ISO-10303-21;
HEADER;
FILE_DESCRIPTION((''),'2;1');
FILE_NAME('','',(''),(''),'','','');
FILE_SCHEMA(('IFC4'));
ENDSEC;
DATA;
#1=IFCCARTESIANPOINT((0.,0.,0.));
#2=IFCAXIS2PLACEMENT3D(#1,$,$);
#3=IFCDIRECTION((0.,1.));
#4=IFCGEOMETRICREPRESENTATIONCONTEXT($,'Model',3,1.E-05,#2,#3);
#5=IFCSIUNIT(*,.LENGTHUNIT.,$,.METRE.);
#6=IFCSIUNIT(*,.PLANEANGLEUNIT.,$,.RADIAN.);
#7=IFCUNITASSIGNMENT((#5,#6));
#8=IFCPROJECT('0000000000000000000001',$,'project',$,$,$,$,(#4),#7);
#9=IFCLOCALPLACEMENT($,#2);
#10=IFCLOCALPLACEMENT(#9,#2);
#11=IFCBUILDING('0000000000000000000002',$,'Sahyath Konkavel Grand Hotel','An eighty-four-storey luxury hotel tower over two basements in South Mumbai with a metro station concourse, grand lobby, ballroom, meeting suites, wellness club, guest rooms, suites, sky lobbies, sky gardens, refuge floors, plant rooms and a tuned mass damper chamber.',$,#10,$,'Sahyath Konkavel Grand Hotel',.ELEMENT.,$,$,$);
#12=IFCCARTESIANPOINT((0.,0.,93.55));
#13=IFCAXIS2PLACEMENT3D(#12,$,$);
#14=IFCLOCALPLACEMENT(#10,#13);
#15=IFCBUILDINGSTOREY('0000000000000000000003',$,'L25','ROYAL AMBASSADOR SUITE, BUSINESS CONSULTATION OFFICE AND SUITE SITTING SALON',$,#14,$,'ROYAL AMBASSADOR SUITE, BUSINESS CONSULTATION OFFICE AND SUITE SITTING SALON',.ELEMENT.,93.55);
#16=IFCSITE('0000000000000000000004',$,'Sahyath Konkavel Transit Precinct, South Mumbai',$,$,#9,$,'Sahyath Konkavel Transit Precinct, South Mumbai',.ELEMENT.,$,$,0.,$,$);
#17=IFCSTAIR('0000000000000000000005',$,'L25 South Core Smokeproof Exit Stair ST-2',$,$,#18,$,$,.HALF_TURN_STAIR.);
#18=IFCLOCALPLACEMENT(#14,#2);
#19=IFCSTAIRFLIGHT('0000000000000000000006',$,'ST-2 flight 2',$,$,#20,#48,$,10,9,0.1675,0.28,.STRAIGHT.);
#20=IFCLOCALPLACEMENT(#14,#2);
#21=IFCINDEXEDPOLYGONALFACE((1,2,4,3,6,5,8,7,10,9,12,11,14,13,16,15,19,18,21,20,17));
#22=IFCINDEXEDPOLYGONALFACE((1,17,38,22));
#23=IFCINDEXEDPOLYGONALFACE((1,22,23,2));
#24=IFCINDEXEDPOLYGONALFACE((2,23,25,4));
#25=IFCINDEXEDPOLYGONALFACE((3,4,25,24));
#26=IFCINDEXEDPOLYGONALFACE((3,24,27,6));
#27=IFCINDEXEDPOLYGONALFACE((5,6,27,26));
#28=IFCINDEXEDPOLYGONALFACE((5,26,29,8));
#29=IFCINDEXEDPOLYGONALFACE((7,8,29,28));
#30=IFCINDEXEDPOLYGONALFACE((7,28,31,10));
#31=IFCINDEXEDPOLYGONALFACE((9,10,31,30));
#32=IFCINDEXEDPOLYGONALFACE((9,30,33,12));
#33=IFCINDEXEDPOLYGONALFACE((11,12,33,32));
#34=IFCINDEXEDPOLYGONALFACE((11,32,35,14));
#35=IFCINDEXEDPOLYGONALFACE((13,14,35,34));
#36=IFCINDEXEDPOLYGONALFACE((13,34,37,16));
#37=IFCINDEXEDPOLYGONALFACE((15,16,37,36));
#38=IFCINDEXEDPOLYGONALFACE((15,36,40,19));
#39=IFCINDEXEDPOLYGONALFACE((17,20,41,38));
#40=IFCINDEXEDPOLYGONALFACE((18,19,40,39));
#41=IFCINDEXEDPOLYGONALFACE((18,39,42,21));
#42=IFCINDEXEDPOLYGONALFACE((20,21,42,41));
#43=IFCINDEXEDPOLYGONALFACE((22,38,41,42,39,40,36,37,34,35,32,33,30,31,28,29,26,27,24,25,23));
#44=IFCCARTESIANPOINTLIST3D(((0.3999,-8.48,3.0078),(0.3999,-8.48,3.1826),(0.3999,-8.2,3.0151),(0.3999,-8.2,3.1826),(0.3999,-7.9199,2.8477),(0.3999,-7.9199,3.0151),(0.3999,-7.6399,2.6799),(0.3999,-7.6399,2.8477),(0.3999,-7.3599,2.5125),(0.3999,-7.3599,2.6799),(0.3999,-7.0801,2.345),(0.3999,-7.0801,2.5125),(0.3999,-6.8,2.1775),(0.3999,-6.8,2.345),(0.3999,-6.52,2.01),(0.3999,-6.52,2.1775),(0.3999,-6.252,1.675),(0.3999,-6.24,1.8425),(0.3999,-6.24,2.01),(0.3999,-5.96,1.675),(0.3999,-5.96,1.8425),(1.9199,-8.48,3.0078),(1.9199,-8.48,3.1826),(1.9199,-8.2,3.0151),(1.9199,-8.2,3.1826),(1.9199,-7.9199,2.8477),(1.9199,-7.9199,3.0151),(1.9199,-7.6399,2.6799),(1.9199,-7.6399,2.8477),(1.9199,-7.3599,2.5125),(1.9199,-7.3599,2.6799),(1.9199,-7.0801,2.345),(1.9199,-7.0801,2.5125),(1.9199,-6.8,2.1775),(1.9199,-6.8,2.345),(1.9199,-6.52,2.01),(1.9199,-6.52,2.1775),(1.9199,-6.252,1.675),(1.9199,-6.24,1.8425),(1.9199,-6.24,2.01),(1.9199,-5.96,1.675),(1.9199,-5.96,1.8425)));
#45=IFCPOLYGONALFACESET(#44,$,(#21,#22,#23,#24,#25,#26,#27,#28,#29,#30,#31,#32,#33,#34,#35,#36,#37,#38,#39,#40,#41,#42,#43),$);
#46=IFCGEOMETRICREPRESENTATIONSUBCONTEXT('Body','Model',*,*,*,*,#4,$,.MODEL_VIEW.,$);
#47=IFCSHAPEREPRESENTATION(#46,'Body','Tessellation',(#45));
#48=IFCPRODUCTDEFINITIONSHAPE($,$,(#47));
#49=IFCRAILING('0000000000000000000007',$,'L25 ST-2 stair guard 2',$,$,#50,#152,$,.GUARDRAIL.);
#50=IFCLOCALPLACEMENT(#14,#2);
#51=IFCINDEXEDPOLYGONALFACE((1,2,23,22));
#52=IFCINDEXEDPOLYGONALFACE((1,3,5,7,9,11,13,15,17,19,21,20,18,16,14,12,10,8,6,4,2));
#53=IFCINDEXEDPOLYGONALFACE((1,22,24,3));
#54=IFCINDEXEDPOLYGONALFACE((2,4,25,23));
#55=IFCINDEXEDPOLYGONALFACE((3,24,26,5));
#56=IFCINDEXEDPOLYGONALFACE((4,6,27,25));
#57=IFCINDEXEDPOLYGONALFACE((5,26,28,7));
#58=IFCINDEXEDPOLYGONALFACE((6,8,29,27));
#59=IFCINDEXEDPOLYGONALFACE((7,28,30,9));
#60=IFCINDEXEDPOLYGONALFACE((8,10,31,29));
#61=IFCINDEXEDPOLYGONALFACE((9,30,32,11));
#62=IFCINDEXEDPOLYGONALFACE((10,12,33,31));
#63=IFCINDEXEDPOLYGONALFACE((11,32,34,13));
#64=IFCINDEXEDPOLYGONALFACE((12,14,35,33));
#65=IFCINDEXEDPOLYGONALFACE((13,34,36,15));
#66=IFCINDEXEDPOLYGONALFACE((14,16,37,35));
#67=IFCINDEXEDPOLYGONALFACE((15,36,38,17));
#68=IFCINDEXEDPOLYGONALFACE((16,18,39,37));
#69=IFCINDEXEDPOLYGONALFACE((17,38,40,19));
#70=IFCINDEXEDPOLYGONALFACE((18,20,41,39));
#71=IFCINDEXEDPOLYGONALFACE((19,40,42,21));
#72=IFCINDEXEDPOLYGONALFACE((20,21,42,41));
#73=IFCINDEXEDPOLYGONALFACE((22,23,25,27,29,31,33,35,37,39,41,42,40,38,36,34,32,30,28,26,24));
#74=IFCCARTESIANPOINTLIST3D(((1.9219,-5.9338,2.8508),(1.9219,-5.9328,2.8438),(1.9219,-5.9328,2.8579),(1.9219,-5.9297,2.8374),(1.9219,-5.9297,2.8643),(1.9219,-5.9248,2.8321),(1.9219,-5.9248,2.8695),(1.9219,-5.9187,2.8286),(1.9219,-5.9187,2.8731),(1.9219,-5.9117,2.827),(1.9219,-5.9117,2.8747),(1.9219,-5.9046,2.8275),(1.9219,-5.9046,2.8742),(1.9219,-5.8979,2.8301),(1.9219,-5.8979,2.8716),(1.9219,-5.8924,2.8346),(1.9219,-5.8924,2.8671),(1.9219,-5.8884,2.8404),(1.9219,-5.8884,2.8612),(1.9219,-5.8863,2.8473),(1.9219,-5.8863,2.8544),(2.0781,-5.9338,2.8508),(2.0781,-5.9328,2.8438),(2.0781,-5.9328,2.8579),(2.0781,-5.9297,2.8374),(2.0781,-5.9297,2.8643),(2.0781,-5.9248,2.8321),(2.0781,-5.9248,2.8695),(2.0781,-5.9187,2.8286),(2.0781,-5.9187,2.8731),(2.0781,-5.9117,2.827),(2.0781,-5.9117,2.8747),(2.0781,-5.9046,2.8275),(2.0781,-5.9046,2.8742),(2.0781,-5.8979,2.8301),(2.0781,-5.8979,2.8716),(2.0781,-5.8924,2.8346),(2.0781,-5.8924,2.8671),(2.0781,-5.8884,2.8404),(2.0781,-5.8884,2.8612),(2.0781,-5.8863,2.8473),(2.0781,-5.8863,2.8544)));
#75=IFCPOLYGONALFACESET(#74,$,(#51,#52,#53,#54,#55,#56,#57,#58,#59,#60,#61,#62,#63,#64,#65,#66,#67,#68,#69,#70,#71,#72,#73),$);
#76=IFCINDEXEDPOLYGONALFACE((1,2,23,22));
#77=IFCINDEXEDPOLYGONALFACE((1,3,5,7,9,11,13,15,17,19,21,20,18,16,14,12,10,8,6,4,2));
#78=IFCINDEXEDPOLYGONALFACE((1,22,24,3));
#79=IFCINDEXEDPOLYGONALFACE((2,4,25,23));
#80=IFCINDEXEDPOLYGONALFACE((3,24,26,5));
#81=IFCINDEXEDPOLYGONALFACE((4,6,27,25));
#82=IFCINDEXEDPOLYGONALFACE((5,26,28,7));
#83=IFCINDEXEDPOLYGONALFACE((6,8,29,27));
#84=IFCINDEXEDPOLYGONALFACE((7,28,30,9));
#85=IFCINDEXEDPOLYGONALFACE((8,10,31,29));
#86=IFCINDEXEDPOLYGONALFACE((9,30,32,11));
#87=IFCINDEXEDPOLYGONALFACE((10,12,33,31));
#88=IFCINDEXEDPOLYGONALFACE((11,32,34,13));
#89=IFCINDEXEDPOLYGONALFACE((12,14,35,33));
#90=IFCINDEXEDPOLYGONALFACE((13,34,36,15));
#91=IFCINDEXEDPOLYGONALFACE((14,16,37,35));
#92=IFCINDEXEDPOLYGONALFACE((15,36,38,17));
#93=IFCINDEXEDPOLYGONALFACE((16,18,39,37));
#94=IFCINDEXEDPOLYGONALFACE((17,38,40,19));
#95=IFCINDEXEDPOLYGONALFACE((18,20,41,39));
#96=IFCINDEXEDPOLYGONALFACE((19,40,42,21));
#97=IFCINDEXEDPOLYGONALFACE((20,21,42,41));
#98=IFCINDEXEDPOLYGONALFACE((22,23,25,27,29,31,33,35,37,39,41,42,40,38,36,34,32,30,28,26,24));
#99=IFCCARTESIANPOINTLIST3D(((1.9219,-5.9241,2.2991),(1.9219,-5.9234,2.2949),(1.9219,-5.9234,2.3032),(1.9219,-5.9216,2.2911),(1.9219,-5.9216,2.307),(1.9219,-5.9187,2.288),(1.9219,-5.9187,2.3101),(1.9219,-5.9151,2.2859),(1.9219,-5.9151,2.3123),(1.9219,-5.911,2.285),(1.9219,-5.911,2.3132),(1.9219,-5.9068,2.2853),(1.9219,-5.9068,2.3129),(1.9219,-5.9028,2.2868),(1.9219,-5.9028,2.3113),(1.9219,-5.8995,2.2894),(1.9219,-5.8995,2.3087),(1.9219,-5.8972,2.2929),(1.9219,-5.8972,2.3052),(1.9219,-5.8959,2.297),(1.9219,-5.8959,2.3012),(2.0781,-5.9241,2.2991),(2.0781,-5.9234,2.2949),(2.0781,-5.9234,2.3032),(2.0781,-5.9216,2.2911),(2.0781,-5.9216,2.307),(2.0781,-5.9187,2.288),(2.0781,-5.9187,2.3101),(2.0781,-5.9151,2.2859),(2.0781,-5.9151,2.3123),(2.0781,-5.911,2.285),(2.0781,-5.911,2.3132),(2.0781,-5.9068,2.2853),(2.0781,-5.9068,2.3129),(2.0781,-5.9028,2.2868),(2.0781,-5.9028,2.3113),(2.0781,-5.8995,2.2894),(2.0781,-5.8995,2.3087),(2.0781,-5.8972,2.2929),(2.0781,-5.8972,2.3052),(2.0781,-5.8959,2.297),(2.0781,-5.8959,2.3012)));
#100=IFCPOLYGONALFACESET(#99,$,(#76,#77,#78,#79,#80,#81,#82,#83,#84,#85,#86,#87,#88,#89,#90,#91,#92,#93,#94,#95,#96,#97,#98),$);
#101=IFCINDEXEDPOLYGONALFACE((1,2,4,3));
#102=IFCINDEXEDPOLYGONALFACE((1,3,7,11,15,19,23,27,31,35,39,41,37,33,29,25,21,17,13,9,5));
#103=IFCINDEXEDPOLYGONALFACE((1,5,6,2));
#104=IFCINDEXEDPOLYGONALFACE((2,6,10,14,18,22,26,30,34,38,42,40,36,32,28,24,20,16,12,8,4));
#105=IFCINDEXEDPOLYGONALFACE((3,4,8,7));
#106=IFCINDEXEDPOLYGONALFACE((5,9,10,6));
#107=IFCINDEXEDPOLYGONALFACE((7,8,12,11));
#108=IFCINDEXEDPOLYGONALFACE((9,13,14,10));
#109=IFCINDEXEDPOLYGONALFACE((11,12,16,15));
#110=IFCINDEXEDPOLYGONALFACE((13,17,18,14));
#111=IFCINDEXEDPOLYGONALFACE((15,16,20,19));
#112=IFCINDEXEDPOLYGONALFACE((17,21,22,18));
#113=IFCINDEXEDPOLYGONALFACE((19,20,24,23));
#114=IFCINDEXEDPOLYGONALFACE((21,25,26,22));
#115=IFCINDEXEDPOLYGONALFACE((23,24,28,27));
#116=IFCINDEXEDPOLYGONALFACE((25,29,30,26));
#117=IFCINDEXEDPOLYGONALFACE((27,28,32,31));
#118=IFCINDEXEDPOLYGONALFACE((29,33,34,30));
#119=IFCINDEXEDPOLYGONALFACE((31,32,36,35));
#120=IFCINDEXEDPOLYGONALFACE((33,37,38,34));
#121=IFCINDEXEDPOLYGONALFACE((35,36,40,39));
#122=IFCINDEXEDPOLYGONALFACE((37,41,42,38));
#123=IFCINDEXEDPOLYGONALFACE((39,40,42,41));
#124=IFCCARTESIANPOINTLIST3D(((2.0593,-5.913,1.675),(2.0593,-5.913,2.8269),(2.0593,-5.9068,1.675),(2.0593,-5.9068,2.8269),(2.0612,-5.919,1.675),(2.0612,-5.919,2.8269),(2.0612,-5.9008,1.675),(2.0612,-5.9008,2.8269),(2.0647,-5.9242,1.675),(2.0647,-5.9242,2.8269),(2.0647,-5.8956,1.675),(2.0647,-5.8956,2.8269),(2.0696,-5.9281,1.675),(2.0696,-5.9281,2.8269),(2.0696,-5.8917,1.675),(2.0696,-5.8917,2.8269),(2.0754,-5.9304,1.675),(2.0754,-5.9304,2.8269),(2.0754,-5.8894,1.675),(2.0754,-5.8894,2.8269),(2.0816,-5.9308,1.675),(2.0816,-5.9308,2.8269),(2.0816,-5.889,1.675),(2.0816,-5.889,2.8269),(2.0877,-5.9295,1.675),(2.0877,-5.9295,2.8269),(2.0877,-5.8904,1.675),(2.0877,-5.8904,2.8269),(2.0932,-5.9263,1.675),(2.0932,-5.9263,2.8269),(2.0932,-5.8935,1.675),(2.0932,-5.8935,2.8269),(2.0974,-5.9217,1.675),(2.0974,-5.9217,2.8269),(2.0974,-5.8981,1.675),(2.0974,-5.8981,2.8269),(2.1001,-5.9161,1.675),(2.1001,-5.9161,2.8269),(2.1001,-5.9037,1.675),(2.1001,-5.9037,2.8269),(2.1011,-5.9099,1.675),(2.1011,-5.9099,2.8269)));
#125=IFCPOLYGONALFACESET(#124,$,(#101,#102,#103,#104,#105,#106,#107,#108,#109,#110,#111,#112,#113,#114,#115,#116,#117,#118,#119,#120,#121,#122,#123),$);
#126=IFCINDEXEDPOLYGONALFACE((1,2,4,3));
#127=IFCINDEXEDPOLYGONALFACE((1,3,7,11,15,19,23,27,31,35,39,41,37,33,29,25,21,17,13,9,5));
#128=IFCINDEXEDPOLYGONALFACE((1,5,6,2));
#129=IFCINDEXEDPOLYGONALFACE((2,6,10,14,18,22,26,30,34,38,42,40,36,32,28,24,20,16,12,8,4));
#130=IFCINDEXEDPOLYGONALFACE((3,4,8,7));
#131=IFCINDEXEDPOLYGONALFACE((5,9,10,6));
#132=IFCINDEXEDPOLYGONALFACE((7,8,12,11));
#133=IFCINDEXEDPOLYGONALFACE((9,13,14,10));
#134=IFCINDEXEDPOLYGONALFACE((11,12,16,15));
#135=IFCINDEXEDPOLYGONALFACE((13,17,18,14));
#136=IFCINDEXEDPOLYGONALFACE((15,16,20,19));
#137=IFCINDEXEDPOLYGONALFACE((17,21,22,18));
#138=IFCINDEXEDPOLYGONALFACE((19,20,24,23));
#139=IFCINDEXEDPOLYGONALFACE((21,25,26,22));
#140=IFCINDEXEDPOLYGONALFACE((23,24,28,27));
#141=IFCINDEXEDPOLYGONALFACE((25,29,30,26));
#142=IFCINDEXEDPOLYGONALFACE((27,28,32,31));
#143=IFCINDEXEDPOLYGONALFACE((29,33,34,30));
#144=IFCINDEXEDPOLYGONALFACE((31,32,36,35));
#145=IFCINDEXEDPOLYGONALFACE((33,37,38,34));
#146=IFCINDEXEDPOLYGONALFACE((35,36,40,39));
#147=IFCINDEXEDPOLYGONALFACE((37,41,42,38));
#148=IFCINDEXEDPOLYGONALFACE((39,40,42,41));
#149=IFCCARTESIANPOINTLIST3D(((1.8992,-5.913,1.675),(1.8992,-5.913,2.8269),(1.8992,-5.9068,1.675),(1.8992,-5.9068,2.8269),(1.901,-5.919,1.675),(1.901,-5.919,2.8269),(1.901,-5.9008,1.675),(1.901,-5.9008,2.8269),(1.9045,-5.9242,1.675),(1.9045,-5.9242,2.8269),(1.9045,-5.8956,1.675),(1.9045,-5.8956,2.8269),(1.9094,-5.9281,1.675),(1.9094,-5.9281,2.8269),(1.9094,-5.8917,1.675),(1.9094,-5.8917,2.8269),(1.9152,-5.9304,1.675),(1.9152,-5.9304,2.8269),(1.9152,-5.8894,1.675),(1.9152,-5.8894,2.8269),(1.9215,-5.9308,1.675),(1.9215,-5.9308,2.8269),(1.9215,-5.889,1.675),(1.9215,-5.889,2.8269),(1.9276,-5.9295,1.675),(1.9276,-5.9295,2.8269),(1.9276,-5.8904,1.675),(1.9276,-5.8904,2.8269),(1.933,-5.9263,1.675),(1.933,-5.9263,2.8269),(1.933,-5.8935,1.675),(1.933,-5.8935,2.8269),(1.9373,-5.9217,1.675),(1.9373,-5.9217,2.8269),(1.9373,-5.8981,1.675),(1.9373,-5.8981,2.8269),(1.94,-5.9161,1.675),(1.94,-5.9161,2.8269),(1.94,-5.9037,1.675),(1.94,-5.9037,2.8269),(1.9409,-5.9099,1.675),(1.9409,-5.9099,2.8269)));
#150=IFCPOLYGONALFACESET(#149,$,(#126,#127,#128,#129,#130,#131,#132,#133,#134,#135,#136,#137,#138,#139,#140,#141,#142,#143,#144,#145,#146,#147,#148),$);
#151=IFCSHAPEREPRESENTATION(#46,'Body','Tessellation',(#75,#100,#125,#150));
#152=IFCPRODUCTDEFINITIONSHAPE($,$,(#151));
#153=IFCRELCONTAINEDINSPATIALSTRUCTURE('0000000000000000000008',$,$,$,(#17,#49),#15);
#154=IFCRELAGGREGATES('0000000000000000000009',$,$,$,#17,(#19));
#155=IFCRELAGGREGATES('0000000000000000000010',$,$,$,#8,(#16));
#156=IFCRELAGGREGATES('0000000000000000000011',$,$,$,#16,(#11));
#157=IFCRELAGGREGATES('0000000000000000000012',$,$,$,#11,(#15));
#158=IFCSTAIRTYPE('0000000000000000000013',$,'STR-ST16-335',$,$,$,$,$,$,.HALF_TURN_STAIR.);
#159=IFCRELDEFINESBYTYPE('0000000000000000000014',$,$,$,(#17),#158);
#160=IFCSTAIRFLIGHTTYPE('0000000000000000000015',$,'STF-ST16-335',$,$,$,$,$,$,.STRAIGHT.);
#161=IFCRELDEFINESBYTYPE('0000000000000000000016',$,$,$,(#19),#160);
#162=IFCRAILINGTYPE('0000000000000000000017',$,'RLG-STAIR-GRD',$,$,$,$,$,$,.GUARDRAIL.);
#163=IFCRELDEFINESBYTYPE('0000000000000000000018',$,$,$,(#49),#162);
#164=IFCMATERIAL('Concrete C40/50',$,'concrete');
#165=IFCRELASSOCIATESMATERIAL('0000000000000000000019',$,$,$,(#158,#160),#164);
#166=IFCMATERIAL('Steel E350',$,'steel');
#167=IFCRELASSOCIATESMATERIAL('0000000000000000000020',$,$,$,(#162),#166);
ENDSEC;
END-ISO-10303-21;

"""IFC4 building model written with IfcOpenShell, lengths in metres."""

from ifc_helpers import new_model, si_unit, direction, frame, origin, origin_2d, place, context, subcontext, project, spatial, polyline, circle, outline, extrude, material, type_object, element, aggregate, save


model = new_model("IFC4")

# Units and contexts
model_context = context("Model", 3, precision=1e-05, world=origin(), true_north=direction((0.0, 1.0)))
body_context = subcontext(model_context, "Body", "Model", "MODEL_VIEW")
ifc_project = project(units=[si_unit("LENGTHUNIT", "METRE"), si_unit("PLANEANGLEUNIT", "RADIAN")], contexts=[model_context])

# Site, building, storey
site_placement = place(None, origin())
site = spatial("IfcSite", under=ifc_project, at=site_placement, Name="Sahyath Konkavel Transit Precinct, South Mumbai", LongName="Sahyath Konkavel Transit Precinct, South Mumbai", CompositionType="ELEMENT", RefElevation=0.0)
building_placement = place(site_placement, origin())
building = spatial("IfcBuilding", under=site, at=building_placement, Name="Sahyath Konkavel Grand Hotel", Description="An eighty-four-storey luxury hotel tower over two basements in South Mumbai with a metro station concourse, grand lobby, ballroom, meeting suites, wellness club, guest rooms, suites, sky lobbies, sky gardens, refuge floors, plant rooms and a tuned mass damper chamber.", LongName="Sahyath Konkavel Grand Hotel", CompositionType="ELEMENT")
storey_placement = place(building_placement, frame((0.0, 0.0, 93.55)))
storey = spatial("IfcBuildingStorey", under=building, at=storey_placement, Name="L25", Description="ROYAL AMBASSADOR SUITE, BUSINESS CONSULTATION OFFICE AND SUITE SITTING SALON", LongName="ROYAL AMBASSADOR SUITE, BUSINESS CONSULTATION OFFICE AND SUITE SITTING SALON", CompositionType="ELEMENT", Elevation=93.55)

# Shared definitions
ifc_material_1 = material(Name="Steel E350", Category="steel")

# Shared definitions
ifc_material_2 = material(Name="Concrete C40/50", Category="concrete")

# Stair, stair flight
stair_type = type_object("IfcStairType", Name="STR-ST16-335", PredefinedType="HALF_TURN_STAIR", material=ifc_material_2)
stair_placement = place(storey_placement, origin())
stair = element("IfcStair", 1, at=stair_placement, inside=storey, type_object=stair_type, Name="L25 South Core Smokeproof Exit Stair ST-2", PredefinedType="HALF_TURN_STAIR")
stair_flight_type = type_object("IfcStairFlightType", Name="STF-ST16-335", PredefinedType="STRAIGHT", material=ifc_material_2)
stair_flight_placement = place(storey_placement, frame((1.1599, -5.96, 1.675), z_axis=(0.0, 0.0, 1.0), x_axis=(0.0, -1.0, 0.0)))
stair_flight = element("IfcStairFlight", 2, at=stair_flight_placement, type_object=stair_flight_type, Name="ST-2 flight 2", NumberOfRisers=10, NumberOfTreads=9, PredefinedType="STRAIGHT", RiserHeight=0.1675, TreadLength=0.28, context=body_context, shape_type="SweptSolid", body=[
    extrude(outline(polyline([(0.0, 0.0), (0.0, 0.1675), (0.28, 0.1675), (0.28, 0.335), (0.5601, 0.335), (0.5601, 0.5024), (0.8401, 0.5024), (0.8401, 0.6699), (1.1201, 0.6699), (1.1201, 0.8374), (1.3999, 0.8374), (1.3999, 1.0049), (1.6799, 1.0049), (1.6799, 1.1726), (1.96, 1.1726), (1.96, 1.3401), (2.24, 1.3401), (2.24, 1.5076), (2.52, 1.5076), (2.52, 1.675), (2.52, 1.3328), (0.292, 0.0), (0.0, 0.0)])), frame((0.0, 0.76, 0.0), z_axis=(0.0, -1.0, 0.0), x_axis=(1.0, 0.0, 0.0)), (0.0, 0.0, 1.0), 1.52),
])
aggregate(stair, [stair_flight])

# Railing
railing_type_1 = type_object("IfcRailingType", Name="RLG-STAIR-GRD", PredefinedType="GUARDRAIL", material=ifc_material_1)
railing_1_placement = place(storey_placement, frame((2.0801, -5.9099, 1.675)))
element("IfcRailing", 3, at=railing_1_placement, inside=storey, type_object=railing_type_1, Name="L25 ST-2 stair guard 2", PredefinedType="GUARDRAIL", context=body_context, shape_type="SweptSolid", body=[
    extrude(circle(Radius=0.0239, at=origin_2d()), frame((-0.002, 0.0, 1.1758), z_axis=(-1.0, 0.0, 0.0), x_axis=(0.0, -1.0, 0.0)), (0.0, 0.0, 1.0), 0.1562),
    extrude(circle(Radius=0.0142, at=origin_2d()), frame((-0.002, 0.0, 0.624), z_axis=(-1.0, 0.0, 0.0), x_axis=(0.0, -1.0, 0.0)), (0.0, 0.0, 1.0), 0.1562),
    extrude(circle(Radius=0.021, at=origin_2d()), origin(), (0.0, 0.0, 1.0), 1.1519),
    extrude(circle(Radius=0.021, at=origin_2d()), frame((-0.1602, 0.0, 0.0)), (0.0, 0.0, 1.0), 1.1519),
])

save(model, "model.ifc")
